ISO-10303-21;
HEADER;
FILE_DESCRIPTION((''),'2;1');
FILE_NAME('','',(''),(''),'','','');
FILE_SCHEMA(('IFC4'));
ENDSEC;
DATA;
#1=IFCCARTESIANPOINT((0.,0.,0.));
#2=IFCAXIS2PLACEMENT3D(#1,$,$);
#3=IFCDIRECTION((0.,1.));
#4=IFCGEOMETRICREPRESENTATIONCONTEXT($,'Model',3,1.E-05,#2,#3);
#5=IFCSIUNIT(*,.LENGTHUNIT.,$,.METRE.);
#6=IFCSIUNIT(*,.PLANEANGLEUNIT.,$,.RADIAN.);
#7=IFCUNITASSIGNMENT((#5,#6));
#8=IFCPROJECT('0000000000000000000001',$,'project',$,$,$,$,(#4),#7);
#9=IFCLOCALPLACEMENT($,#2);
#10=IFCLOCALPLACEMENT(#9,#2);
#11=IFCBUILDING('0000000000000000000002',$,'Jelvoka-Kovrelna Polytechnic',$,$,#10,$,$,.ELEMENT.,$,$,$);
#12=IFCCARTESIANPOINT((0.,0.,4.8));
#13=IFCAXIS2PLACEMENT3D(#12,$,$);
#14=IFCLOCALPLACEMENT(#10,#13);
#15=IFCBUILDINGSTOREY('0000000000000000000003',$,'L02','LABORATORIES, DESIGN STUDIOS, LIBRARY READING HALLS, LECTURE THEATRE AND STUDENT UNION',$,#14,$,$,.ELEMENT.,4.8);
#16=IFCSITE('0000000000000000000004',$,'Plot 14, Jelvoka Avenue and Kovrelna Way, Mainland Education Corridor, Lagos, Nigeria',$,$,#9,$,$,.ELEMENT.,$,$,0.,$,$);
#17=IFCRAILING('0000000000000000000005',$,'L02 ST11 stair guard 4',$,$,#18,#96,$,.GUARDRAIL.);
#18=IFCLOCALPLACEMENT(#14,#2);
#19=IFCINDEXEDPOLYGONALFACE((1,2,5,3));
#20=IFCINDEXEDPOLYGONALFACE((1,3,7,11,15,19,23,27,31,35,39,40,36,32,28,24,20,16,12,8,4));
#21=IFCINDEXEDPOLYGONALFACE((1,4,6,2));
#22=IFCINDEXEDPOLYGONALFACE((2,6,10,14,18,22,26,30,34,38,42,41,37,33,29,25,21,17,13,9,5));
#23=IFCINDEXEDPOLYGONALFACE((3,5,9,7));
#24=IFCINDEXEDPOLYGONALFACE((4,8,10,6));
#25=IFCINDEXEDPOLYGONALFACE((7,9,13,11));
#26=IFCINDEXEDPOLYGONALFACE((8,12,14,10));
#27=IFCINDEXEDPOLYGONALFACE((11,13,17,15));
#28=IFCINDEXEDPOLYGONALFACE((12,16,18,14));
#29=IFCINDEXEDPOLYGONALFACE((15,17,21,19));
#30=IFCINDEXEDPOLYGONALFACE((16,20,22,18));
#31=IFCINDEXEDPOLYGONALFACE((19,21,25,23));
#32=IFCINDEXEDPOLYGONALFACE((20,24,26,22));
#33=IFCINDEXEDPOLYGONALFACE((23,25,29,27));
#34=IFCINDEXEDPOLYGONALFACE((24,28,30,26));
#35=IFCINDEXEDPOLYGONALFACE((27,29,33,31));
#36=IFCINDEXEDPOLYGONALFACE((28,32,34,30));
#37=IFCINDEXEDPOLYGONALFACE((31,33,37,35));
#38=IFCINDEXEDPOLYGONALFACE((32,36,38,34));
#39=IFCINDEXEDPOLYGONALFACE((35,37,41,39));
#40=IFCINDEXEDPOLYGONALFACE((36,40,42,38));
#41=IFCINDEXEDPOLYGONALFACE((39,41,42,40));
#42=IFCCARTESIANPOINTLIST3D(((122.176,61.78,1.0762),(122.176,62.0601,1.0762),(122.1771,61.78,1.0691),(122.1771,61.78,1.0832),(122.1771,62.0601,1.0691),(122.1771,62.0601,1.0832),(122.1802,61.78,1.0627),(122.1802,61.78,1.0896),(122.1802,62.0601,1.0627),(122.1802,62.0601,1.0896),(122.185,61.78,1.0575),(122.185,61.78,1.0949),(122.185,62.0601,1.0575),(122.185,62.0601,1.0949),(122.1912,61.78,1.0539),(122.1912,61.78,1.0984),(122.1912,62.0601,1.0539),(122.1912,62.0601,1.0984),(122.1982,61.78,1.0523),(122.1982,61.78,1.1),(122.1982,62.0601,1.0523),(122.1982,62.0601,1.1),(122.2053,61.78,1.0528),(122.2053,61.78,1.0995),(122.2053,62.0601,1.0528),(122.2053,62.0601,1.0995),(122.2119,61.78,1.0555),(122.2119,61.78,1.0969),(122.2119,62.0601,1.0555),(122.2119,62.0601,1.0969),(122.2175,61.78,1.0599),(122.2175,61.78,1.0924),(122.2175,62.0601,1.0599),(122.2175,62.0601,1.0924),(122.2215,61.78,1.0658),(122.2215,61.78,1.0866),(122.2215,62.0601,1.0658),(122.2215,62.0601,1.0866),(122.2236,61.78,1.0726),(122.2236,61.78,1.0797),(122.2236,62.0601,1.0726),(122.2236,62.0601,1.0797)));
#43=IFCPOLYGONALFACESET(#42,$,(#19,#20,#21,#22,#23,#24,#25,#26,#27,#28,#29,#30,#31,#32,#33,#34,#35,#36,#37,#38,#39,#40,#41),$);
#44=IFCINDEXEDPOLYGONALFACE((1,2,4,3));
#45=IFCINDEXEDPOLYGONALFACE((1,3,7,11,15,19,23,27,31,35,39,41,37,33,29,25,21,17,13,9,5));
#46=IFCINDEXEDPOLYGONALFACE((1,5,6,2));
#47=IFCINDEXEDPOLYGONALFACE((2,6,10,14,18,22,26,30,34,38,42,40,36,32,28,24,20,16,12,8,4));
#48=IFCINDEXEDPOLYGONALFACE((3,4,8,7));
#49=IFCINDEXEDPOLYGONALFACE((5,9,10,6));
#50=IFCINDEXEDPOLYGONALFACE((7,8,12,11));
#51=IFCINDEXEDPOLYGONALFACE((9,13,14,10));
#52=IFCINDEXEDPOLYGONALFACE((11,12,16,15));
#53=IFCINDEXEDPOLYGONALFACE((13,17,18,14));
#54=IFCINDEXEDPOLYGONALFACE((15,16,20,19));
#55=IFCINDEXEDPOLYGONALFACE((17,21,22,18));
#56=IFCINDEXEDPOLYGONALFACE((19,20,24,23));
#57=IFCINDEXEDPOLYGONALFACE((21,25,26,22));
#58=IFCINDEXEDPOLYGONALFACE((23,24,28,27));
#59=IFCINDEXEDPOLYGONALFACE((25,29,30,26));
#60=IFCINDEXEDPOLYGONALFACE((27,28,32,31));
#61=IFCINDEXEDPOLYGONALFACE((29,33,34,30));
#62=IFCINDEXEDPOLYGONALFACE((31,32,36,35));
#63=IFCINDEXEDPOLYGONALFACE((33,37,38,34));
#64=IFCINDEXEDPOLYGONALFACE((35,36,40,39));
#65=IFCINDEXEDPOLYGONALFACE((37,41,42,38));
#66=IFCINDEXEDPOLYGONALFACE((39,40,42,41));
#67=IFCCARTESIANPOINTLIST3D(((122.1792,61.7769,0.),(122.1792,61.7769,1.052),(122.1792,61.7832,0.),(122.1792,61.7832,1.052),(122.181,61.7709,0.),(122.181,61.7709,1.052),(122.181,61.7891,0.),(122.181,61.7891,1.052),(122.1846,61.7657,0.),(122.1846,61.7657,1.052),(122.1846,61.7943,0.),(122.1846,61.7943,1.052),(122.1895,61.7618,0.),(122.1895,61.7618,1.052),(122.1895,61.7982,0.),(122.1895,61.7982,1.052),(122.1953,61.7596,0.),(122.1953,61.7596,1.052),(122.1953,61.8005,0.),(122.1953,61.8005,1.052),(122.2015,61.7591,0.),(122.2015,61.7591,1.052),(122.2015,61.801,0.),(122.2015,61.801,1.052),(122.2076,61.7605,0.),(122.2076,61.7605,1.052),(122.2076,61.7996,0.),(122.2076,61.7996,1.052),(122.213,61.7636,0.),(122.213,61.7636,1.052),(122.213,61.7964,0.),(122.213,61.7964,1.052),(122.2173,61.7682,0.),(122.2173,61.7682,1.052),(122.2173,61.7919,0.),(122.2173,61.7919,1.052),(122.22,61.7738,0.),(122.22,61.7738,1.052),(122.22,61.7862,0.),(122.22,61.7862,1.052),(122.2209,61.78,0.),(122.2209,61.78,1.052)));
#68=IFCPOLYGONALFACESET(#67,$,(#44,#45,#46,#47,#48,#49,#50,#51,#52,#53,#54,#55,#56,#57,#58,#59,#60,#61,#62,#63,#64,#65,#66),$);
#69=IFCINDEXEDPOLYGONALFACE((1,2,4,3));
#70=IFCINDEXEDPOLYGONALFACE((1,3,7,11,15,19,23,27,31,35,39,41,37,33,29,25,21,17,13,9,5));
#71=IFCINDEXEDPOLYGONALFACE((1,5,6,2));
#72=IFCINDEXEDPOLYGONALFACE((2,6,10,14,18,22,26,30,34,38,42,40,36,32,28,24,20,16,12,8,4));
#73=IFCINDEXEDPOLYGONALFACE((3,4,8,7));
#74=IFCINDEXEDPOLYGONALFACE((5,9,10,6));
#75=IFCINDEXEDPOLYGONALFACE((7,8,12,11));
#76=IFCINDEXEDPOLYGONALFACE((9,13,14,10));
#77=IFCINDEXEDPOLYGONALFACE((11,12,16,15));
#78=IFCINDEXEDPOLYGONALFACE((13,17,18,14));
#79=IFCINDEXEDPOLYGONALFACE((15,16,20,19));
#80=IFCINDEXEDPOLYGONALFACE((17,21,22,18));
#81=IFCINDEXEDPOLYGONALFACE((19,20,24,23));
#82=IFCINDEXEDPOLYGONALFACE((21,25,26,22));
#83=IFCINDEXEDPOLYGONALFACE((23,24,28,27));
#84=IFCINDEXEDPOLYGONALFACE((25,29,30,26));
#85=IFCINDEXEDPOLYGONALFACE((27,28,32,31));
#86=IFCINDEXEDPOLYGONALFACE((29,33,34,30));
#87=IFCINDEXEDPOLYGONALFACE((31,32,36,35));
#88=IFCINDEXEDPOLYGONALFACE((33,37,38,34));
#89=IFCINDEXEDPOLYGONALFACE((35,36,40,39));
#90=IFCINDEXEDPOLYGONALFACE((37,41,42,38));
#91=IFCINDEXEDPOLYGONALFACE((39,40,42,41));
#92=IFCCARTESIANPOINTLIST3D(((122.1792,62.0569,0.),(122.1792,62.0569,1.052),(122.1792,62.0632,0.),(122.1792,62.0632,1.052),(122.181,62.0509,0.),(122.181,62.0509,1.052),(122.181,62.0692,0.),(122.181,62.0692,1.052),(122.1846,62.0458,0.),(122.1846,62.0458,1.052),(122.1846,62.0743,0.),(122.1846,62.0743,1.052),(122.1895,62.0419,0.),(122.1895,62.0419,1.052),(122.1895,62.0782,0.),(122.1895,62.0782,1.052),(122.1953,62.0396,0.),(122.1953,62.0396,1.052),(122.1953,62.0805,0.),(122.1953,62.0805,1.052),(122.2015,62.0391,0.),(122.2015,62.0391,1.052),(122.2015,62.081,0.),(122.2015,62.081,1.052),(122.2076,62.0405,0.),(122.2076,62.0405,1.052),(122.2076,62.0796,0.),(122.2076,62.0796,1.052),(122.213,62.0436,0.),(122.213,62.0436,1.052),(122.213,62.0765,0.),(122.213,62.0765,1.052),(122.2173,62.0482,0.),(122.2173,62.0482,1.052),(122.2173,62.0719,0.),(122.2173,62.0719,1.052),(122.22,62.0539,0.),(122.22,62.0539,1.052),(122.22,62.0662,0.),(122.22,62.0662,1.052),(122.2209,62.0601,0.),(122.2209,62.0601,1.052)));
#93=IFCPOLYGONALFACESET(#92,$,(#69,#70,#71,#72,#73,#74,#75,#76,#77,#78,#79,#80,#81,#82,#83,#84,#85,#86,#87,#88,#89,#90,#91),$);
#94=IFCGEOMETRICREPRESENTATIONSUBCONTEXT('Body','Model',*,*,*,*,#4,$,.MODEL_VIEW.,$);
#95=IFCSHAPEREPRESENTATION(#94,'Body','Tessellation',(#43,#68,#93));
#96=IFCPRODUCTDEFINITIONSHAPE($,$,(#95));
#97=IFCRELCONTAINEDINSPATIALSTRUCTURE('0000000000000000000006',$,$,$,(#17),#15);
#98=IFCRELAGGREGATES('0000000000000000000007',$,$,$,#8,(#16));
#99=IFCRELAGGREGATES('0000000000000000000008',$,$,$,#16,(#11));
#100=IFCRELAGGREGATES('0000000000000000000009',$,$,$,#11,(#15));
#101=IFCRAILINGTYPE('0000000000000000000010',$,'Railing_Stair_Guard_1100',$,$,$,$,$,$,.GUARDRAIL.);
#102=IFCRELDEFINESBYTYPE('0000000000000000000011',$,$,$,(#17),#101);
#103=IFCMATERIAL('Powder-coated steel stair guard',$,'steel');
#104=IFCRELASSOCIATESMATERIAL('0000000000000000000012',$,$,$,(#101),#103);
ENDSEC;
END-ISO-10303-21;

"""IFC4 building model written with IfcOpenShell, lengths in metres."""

from ifc_helpers import new_model, si_unit, direction, frame, origin, origin_2d, place, context, subcontext, project, spatial, circle, extrude, material, type_object, element, save


model = new_model("IFC4")

# Units and contexts
model_context = context("Model", 3, precision=1e-05, world=origin(), true_north=direction((0.0, 1.0)))
body_context = subcontext(model_context, "Body", "Model", "MODEL_VIEW")
ifc_project = project(units=[si_unit("LENGTHUNIT", "METRE"), si_unit("PLANEANGLEUNIT", "RADIAN")], contexts=[model_context])

# Site, building, storey
site_placement = place(None, origin())
site = spatial("IfcSite", under=ifc_project, at=site_placement, Name="Plot 14, Jelvoka Avenue and Kovrelna Way, Mainland Education Corridor, Lagos, Nigeria", CompositionType="ELEMENT", RefElevation=0.0)
building_placement = place(site_placement, origin())
building = spatial("IfcBuilding", under=site, at=building_placement, Name="Jelvoka-Kovrelna Polytechnic", CompositionType="ELEMENT")
storey_placement = place(building_placement, frame((0.0, 0.0, 4.8)))
storey = spatial("IfcBuildingStorey", under=building, at=storey_placement, Name="L02", Description="LABORATORIES, DESIGN STUDIOS, LIBRARY READING HALLS, LECTURE THEATRE AND STUDENT UNION", CompositionType="ELEMENT", Elevation=4.8)

# Railing
ifc_material_1 = material(Name="Powder-coated steel stair guard", Category="steel")
railing_type_1 = type_object("IfcRailingType", Name="Railing_Stair_Guard_1100", PredefinedType="GUARDRAIL", material=ifc_material_1)
railing_1_placement = place(storey_placement, frame((122.2, 61.78, 0.0)))
element("IfcRailing", 1, at=railing_1_placement, inside=storey, type_object=railing_type_1, Name="L02 ST11 stair guard 4", PredefinedType="GUARDRAIL", context=body_context, shape_type="SweptSolid", body=[
    extrude(circle(Radius=0.0239, at=origin_2d()), frame((0.0, 0.0, 1.0762), z_axis=(0.0, 1.0, 0.0), x_axis=(-1.0, 0.0, 0.0)), (0.0, 0.0, 1.0), 0.28),
    extrude(circle(Radius=0.021, at=origin_2d()), origin(), (0.0, 0.0, 1.0), 1.052),
    extrude(circle(Radius=0.021, at=origin_2d()), frame((0.0, 0.28, 0.0)), (0.0, 0.0, 1.0), 1.052),
])

save(model, "model.ifc")
